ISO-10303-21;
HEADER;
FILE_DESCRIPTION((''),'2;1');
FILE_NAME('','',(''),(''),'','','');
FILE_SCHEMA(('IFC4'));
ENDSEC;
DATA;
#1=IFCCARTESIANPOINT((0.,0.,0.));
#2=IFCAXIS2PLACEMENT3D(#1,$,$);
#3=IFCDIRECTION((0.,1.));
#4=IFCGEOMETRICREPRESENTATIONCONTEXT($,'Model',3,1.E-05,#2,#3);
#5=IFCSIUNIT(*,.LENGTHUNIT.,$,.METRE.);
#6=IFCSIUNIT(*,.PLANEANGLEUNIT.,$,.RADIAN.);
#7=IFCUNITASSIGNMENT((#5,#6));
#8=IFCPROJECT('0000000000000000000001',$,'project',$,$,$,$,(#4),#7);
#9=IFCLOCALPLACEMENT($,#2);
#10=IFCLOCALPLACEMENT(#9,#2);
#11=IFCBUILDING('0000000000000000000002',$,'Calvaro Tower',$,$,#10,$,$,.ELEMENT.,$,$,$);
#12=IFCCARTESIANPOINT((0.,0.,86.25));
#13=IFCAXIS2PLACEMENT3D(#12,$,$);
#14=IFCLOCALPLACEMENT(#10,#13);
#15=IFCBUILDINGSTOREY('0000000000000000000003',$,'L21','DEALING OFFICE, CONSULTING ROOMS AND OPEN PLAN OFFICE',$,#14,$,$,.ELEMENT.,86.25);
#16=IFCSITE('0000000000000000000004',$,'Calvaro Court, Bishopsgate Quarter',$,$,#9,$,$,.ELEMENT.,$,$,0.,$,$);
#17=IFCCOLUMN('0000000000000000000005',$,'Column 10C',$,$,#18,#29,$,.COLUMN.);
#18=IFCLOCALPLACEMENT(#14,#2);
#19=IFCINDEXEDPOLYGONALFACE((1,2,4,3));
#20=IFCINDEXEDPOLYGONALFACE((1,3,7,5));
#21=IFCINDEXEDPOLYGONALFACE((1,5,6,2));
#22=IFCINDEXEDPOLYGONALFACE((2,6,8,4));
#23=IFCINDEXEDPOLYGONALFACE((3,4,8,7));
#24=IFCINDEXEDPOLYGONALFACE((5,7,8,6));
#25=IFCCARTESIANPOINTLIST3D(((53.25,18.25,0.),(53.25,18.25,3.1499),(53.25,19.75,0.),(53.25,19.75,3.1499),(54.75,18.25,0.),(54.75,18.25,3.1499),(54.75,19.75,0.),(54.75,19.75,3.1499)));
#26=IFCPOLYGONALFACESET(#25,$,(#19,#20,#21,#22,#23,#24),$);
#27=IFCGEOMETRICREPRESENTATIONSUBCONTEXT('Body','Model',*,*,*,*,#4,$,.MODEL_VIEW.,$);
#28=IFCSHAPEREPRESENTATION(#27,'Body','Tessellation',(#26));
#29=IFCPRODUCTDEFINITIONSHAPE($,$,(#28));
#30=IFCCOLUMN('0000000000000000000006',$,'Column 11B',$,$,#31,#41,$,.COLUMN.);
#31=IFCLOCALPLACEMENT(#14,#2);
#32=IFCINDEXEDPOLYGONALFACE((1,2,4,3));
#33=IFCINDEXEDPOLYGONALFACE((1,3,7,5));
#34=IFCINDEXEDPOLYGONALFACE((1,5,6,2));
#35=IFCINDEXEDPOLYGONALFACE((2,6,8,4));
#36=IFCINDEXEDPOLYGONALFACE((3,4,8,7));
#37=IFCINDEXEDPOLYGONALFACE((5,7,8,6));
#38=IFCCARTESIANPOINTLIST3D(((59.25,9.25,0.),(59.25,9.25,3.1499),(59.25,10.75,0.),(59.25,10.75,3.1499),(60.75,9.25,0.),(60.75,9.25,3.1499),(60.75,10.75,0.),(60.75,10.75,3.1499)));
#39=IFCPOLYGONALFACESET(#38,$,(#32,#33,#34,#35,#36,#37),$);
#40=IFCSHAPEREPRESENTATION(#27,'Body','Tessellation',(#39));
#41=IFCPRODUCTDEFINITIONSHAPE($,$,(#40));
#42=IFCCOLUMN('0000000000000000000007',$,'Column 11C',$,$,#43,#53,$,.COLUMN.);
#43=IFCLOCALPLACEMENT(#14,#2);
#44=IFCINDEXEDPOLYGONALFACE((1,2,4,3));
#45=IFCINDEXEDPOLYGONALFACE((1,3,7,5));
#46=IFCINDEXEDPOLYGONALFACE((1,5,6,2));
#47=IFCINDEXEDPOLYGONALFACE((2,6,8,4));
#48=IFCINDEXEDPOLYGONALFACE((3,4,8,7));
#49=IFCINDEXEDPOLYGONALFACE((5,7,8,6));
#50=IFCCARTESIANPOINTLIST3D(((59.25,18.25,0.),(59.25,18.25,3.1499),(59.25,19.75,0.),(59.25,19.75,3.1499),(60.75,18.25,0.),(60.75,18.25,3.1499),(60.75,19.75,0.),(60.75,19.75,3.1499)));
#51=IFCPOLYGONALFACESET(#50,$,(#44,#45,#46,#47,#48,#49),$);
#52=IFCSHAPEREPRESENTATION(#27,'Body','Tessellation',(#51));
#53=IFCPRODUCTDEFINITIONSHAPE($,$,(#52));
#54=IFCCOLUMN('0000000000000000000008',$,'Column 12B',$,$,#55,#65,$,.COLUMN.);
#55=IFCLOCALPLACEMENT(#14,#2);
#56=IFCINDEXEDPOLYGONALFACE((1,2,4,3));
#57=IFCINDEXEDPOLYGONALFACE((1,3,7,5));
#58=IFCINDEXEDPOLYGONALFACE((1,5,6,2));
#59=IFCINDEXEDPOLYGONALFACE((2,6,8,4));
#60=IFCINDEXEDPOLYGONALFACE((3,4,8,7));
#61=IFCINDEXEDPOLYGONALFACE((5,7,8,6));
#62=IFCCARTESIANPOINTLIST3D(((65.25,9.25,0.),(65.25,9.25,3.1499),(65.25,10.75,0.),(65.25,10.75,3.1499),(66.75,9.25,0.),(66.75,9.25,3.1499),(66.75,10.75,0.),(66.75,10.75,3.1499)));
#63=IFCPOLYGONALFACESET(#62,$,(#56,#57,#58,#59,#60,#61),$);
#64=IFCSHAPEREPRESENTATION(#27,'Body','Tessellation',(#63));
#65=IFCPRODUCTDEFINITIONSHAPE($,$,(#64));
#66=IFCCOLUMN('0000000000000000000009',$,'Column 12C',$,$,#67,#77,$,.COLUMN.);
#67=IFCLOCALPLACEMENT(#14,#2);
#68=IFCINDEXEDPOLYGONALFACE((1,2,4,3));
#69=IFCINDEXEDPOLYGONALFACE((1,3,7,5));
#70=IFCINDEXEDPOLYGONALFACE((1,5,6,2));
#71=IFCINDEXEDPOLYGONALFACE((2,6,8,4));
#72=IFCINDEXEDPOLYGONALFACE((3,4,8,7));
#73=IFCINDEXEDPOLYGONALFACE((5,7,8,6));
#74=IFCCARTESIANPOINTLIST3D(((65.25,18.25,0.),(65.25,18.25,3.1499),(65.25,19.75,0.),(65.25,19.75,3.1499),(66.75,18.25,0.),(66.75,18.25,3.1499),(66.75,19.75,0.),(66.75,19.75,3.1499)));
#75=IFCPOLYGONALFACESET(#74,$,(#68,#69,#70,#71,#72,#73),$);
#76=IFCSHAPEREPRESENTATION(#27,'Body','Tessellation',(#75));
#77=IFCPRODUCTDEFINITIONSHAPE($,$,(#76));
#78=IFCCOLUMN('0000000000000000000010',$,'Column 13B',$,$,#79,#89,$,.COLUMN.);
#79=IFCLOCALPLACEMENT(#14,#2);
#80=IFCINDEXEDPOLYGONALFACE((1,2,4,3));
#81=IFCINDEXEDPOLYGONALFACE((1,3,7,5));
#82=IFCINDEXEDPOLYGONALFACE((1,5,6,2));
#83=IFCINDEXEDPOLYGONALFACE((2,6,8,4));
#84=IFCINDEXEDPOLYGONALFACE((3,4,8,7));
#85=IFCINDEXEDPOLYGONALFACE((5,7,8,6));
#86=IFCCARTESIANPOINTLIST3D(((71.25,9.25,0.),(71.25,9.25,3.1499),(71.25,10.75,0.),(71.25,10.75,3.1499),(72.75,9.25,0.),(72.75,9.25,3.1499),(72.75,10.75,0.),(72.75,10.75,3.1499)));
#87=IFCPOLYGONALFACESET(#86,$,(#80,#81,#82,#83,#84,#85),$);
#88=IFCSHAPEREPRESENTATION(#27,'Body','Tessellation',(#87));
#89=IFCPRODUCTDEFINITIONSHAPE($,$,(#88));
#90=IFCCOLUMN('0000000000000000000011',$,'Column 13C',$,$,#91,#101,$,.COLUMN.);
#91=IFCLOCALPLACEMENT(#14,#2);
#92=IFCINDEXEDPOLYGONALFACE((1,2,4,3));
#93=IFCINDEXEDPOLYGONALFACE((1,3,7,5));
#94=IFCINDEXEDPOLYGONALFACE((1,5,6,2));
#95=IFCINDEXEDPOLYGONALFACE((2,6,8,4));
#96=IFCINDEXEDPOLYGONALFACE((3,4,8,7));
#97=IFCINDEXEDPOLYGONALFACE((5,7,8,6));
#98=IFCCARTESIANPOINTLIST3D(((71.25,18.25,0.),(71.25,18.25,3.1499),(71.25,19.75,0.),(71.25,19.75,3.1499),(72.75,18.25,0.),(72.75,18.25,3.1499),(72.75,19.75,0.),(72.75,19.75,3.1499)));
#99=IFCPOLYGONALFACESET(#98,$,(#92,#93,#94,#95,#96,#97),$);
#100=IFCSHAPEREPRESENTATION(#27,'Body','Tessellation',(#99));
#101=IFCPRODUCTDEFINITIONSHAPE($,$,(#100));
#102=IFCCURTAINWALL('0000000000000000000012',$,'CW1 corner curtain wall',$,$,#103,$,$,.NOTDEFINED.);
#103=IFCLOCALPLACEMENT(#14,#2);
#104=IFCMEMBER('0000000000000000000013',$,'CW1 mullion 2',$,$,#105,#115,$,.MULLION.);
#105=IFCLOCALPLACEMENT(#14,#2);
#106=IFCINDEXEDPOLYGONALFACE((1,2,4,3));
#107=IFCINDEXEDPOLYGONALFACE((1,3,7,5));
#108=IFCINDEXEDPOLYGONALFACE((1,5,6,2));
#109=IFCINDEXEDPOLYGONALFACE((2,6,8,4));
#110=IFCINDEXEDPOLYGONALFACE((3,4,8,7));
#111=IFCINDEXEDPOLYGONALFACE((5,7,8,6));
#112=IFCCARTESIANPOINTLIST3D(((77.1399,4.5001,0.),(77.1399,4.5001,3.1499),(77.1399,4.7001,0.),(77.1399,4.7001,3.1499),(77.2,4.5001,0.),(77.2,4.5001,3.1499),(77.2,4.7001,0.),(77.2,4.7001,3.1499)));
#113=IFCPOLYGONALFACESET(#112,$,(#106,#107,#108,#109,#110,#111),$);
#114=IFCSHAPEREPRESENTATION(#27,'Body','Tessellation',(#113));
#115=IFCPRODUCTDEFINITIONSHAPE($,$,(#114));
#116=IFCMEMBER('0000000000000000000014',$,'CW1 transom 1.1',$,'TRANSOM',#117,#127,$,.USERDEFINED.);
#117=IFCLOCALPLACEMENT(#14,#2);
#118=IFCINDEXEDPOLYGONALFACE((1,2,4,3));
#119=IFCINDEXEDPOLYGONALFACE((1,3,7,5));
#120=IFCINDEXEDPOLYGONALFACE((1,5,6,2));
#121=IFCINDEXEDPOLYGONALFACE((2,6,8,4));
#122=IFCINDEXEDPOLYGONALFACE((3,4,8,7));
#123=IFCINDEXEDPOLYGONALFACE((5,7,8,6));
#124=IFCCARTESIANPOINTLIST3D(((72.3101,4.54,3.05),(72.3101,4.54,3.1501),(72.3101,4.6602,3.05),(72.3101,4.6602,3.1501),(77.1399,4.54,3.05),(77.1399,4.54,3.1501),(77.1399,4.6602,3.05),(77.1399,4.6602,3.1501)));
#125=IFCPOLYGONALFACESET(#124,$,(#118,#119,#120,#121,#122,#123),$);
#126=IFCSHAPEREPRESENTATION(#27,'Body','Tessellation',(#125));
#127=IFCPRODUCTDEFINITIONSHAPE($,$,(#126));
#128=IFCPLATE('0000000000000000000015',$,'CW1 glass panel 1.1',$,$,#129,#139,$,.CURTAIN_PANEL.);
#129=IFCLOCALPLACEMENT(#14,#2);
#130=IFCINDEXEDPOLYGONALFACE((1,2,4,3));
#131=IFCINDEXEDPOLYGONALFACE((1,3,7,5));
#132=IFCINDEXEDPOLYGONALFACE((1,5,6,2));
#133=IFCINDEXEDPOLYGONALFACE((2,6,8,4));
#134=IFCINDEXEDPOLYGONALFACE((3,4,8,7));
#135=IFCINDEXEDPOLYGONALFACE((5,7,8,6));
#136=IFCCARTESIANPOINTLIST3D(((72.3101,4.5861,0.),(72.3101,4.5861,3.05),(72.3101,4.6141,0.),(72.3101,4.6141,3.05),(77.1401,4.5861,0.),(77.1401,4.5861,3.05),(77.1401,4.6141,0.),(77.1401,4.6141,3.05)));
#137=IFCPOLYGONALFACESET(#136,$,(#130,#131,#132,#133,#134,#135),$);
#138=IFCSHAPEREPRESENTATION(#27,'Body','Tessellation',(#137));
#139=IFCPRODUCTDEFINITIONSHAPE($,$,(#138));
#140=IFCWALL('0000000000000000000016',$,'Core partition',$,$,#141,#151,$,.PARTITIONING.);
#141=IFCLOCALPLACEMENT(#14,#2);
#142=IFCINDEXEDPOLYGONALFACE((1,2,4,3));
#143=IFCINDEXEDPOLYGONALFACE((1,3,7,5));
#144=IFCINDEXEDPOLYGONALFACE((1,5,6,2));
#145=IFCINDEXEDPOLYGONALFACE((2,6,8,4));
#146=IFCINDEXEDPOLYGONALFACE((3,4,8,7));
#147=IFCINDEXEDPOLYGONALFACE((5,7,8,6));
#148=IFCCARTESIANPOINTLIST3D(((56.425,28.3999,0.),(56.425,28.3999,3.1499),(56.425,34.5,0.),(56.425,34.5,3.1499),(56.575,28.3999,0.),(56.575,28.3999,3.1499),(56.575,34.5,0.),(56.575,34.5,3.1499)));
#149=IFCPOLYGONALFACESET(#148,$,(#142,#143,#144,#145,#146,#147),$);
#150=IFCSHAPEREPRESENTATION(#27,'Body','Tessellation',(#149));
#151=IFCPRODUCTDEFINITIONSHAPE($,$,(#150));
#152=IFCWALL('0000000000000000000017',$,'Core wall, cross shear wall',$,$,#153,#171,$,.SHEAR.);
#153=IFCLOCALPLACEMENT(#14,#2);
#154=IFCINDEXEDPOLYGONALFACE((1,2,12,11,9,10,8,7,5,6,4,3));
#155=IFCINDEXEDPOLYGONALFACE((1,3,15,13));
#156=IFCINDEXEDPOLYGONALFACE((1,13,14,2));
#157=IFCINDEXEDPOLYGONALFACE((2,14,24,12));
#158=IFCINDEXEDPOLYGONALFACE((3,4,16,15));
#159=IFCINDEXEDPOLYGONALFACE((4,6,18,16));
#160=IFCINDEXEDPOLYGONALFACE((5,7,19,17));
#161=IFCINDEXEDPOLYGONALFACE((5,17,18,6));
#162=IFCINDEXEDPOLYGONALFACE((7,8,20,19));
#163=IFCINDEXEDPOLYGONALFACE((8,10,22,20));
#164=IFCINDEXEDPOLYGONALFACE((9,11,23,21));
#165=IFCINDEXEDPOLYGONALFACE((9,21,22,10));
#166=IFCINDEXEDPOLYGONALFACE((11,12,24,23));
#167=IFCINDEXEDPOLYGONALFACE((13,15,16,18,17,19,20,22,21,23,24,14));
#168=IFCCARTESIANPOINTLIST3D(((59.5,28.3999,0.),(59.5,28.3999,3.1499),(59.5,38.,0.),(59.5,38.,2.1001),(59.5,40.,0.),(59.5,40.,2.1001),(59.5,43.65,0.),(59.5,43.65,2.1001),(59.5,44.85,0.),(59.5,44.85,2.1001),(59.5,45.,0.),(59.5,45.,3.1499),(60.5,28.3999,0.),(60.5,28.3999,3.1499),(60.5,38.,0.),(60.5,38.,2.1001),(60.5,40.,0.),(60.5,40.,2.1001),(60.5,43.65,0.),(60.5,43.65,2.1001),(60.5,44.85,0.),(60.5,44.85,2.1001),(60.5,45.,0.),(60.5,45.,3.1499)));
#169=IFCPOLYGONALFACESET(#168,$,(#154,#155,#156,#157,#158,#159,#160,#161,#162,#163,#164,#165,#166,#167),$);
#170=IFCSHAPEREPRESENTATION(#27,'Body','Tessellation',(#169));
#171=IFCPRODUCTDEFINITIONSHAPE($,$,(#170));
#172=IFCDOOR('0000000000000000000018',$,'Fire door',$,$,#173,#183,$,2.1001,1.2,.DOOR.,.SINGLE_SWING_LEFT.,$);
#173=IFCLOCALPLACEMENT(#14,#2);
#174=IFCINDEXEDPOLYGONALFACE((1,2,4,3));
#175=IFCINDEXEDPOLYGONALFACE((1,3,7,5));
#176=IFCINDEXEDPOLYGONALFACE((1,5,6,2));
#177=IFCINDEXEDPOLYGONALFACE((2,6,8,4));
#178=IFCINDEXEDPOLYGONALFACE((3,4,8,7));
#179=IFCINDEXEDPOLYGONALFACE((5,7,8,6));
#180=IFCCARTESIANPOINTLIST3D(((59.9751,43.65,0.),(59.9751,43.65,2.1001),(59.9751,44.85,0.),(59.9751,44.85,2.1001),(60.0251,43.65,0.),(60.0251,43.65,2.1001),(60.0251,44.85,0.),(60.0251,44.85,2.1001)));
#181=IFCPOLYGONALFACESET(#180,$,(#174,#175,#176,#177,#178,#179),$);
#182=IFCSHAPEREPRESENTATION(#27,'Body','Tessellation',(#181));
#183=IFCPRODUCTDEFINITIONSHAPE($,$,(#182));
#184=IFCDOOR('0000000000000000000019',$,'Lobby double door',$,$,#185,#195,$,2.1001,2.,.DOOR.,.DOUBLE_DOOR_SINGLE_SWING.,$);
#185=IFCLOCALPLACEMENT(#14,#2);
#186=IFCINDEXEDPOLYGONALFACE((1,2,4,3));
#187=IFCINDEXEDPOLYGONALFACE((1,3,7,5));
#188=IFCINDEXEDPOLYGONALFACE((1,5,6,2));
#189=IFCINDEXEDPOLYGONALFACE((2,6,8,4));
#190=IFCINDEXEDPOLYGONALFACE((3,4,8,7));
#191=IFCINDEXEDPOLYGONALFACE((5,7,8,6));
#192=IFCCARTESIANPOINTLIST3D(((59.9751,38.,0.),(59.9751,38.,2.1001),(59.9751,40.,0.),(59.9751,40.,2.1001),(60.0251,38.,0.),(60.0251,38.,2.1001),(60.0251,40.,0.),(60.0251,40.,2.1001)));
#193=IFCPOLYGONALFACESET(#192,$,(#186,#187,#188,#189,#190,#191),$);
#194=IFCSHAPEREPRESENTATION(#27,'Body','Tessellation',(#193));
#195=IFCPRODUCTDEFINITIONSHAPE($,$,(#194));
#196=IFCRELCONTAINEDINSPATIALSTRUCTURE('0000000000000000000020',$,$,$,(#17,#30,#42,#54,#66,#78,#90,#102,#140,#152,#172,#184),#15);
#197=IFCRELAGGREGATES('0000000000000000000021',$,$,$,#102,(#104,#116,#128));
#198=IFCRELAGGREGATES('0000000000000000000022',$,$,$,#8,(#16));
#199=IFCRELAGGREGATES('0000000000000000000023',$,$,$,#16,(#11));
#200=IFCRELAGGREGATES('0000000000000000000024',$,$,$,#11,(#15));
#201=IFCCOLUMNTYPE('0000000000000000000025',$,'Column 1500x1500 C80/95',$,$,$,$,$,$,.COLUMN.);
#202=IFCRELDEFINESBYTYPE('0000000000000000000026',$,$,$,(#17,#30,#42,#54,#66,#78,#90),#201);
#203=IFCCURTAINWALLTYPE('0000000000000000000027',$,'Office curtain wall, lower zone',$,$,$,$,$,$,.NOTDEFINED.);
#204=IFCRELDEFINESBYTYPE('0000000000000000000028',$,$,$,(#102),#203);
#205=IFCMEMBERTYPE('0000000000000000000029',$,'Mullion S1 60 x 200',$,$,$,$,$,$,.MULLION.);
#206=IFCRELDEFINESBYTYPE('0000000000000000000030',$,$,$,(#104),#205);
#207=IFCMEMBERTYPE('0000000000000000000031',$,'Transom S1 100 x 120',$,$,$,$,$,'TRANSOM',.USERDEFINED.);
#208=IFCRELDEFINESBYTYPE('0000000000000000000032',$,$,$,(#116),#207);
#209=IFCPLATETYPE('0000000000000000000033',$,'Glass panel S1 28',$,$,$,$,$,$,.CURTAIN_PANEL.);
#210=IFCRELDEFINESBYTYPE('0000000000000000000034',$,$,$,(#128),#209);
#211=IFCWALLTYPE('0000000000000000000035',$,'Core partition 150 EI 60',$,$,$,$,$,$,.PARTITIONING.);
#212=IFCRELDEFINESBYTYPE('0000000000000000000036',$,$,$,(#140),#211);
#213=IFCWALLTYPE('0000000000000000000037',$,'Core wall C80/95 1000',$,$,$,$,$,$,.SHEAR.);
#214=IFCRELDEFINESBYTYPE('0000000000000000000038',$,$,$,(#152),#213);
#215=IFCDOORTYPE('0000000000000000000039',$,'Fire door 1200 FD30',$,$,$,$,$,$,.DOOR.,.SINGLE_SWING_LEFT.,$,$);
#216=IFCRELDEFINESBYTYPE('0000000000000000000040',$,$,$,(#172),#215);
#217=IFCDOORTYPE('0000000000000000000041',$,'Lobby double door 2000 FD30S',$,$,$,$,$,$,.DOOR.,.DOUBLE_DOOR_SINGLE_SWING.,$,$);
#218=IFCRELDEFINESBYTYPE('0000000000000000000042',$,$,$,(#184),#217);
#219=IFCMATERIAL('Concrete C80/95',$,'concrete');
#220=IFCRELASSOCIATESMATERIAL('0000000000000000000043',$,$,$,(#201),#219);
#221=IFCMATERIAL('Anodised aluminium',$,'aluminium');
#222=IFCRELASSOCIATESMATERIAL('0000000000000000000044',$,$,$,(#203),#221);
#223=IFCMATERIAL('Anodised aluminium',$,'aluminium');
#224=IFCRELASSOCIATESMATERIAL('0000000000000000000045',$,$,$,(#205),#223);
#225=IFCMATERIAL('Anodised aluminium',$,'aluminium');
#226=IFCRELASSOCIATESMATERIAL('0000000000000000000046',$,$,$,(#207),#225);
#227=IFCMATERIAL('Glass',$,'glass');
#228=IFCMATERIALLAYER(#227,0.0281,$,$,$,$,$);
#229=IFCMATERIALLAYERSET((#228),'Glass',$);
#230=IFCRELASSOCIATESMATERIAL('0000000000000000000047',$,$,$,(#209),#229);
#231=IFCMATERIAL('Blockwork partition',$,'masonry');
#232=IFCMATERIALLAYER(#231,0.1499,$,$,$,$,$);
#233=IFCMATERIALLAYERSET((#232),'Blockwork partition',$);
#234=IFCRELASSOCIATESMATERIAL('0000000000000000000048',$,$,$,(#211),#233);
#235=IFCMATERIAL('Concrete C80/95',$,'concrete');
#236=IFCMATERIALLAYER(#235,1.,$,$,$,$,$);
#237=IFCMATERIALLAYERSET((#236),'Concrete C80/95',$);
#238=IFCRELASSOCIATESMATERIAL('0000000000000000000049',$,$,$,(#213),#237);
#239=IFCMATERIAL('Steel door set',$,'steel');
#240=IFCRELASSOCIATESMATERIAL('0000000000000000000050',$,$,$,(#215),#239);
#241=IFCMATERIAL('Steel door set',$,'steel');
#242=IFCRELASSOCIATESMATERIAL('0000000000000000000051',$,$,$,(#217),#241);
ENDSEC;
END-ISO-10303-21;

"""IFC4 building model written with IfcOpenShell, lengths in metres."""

from ifc_helpers import new_model, si_unit, direction, frame, frame_2d, origin, origin_2d, place, context, subcontext, project, spatial, rectangle, extrude, material, layer, layer_set, material_profile, profile_set, type_object, element, fill, aggregate, save


model = new_model("IFC4")

# Units and contexts
model_context = context("Model", 3, precision=1e-05, world=origin(), true_north=direction((0.0, 1.0)))
body_context = subcontext(model_context, "Body", "Model", "MODEL_VIEW")
ifc_project = project(units=[si_unit("LENGTHUNIT", "METRE"), si_unit("PLANEANGLEUNIT", "RADIAN")], contexts=[model_context])

# Site, building, storey
site_placement = place(None, origin())
site = spatial("IfcSite", under=ifc_project, at=site_placement, Name="Calvaro Court, Bishopsgate Quarter", CompositionType="ELEMENT", RefElevation=0.0)
building_placement = place(site_placement, origin())
building = spatial("IfcBuilding", under=site, at=building_placement, Name="Calvaro Tower", CompositionType="ELEMENT")
storey_placement = place(building_placement, frame((0.0, 0.0, 86.25)))
storey = spatial("IfcBuildingStorey", under=building, at=storey_placement, Name="L21", Description="DEALING OFFICE, CONSULTING ROOMS AND OPEN PLAN OFFICE", CompositionType="ELEMENT", Elevation=86.25)

# Columns
ifc_material_1 = material(Name="Concrete C80/95", Category="concrete")
ifc_material_profile_1 = material_profile(ifc_material_1, rectangle(XDim=1.5, YDim=1.5, at=origin_2d()), Name="RC 1500x1500")
ifc_profile_set_1 = profile_set([ifc_material_profile_1], Name="Concrete C80/95")
column_type = type_object("IfcColumnType", Name="Column 1500x1500 C80/95", PredefinedType="COLUMN", material=ifc_profile_set_1)
for number, where, z_axis, x_axis, name in (
    (1, (54.0, 19.0, 0.0), (0.0, 0.0, 1.0), (1.0, 0.0, 0.0), "Column 10C"),
    (2, (60.0, 10.0, 0.0), (0.0, 0.0, 1.0), (1.0, 0.0, 0.0), "Column 11B"),
    (3, (60.0, 19.0, 0.0), (0.0, 0.0, 1.0), (1.0, 0.0, 0.0), "Column 11C"),
    (4, (66.0, 10.0, 0.0), (0.0, 0.0, 1.0), (1.0, 0.0, 0.0), "Column 12B"),
    (5, (66.0, 19.0, 0.0), (0.0, 0.0, 1.0), (1.0, 0.0, 0.0), "Column 12C"),
    (6, (72.0, 10.0, 0.0), (0.0, 0.0, 1.0), (1.0, 0.0, 0.0), "Column 13B"),
    (7, (72.0, 19.0, 0.0), (0.0, 0.0, 1.0), (1.0, 0.0, 0.0), "Column 13C"),
):
    element("IfcColumn", number, at=place(storey_placement, frame(where, z_axis=z_axis, x_axis=x_axis)), inside=storey, type_object=column_type, Name=name, PredefinedType="COLUMN", context=body_context, shape_type="SweptSolid", body=[
        extrude(rectangle(XDim=1.5, YDim=1.5, at=origin_2d()), origin(), (0.0, 0.0, 1.0), 3.1499),
    ])

# Curtain wall, members, plate
ifc_material_2 = material(Name="Anodised aluminium", Category="aluminium")
curtain_wall_type = type_object("IfcCurtainWallType", Name="Office curtain wall, lower zone", PredefinedType="NOTDEFINED", material=ifc_material_2)
curtain_wall_placement = place(storey_placement, origin())
curtain_wall = element("IfcCurtainWall", 8, at=curtain_wall_placement, inside=storey, type_object=curtain_wall_type, Name="CW1 corner curtain wall", PredefinedType="NOTDEFINED")
ifc_material_3 = material(Name="Anodised aluminium", Category="aluminium")
ifc_material_profile_2 = material_profile(ifc_material_3, rectangle(XDim=0.2, YDim=0.0601, at=origin_2d()), Name="Mullion S1 60 x 200")
ifc_profile_set_2 = profile_set([ifc_material_profile_2], Name="Anodised aluminium")
member_type_1 = type_object("IfcMemberType", Name="Mullion S1 60 x 200", PredefinedType="MULLION", material=ifc_profile_set_2)
member_1_placement = place(storey_placement, frame((77.1699, 4.6001, 0.0), z_axis=(0.0, 0.0, 1.0), x_axis=(0.0, 1.0, 0.0)))
member_1 = element("IfcMember", 9, at=member_1_placement, type_object=member_type_1, Name="CW1 mullion 2", PredefinedType="MULLION", context=body_context, shape_type="SweptSolid", body=[
    extrude(rectangle(XDim=0.2, YDim=0.0601, at=origin_2d()), origin(), (0.0, 0.0, 1.0), 3.1499),
])
ifc_material_4 = material(Name="Anodised aluminium", Category="aluminium")
ifc_material_profile_3 = material_profile(ifc_material_4, rectangle(XDim=0.1201, YDim=0.1001, at=origin_2d()), Name="Transom S1 100 x 120")
ifc_profile_set_3 = profile_set([ifc_material_profile_3], Name="Anodised aluminium")
member_type_2 = type_object("IfcMemberType", Name="Transom S1 100 x 120", ElementType="TRANSOM", PredefinedType="USERDEFINED", material=ifc_profile_set_3)
member_2_placement = place(storey_placement, frame((72.3101, 4.6001, 3.1001), z_axis=(1.0, 0.0, 0.0), x_axis=(0.0, 1.0, 0.0)))
member_2 = element("IfcMember", 10, at=member_2_placement, type_object=member_type_2, Name="CW1 transom 1.1", ObjectType="TRANSOM", PredefinedType="USERDEFINED", context=body_context, shape_type="SweptSolid", body=[
    extrude(rectangle(XDim=0.1201, YDim=0.1001, at=origin_2d()), origin(), (0.0, 0.0, 1.0), 4.8298),
])
ifc_material_5 = material(Name="Glass", Category="glass")
ifc_layer_1 = layer(ifc_material_5, 0.0281)
ifc_layer_set_1 = layer_set([ifc_layer_1], Name="Glass")
plate_type = type_object("IfcPlateType", Name="Glass panel S1 28", PredefinedType="CURTAIN_PANEL", material=ifc_layer_set_1)
plate_placement = place(storey_placement, frame((74.7251, 4.6001, 0.0), z_axis=(0.0, 0.0, 1.0), x_axis=(1.0, 0.0, 0.0)))
plate = element("IfcPlate", 11, at=plate_placement, type_object=plate_type, Name="CW1 glass panel 1.1", PredefinedType="CURTAIN_PANEL", context=body_context, shape_type="SweptSolid", body=[
    extrude(rectangle(XDim=4.8301, YDim=0.0281, at=origin_2d()), origin(), (0.0, 0.0, 1.0), 3.05),
])
aggregate(curtain_wall, [member_1, member_2, plate])

# Wall
ifc_material_6 = material(Name="Blockwork partition", Category="masonry")
ifc_layer_2 = layer(ifc_material_6, 0.1499)
ifc_layer_set_2 = layer_set([ifc_layer_2], Name="Blockwork partition")
wall_type_1 = type_object("IfcWallType", Name="Core partition 150 EI 60", PredefinedType="PARTITIONING", material=ifc_layer_set_2)
wall_1_placement = place(storey_placement, frame((56.5, 28.3999, 0.0), z_axis=(0.0, 0.0, 1.0), x_axis=(0.0, 1.0, 0.0)))
element("IfcWall", 12, at=wall_1_placement, inside=storey, type_object=wall_type_1, Name="Core partition", PredefinedType="PARTITIONING", context=body_context, shape_type="SweptSolid", body=[
    extrude(rectangle(XDim=6.1001, YDim=0.1499, at=frame_2d((3.05, 0.0))), origin(), (0.0, 0.0, 1.0), 3.1499),
])

# Wall, openings, doors
ifc_material_7 = material(Name="Concrete C80/95", Category="concrete")
ifc_layer_3 = layer(ifc_material_7, 1.0)
ifc_layer_set_3 = layer_set([ifc_layer_3], Name="Concrete C80/95")
wall_type_2 = type_object("IfcWallType", Name="Core wall C80/95 1000", PredefinedType="SHEAR", material=ifc_layer_set_3)
wall_2_placement = place(storey_placement, frame((60.0, 28.3999, 0.0), z_axis=(0.0, 0.0, 1.0), x_axis=(0.0, 1.0, 0.0)))
wall_2 = element("IfcWall", 13, at=wall_2_placement, inside=storey, type_object=wall_type_2, Name="Core wall, cross shear wall", PredefinedType="SHEAR", context=body_context, shape_type="SweptSolid", body=[
    extrude(rectangle(XDim=16.6001, YDim=1.0, at=frame_2d((8.3, 0.0))), origin(), (0.0, 0.0, 1.0), 3.1499),
])
opening_1_placement = place(wall_2_placement, frame((9.6001, 0.0, 0.0)))
opening_1 = element("IfcOpeningElement", 14, at=opening_1_placement, cuts=wall_2, PredefinedType="OPENING", context=body_context, shape_type="SweptSolid", body=[
    extrude(rectangle(XDim=2.0, YDim=2.1001, at=frame_2d((1.0, 1.05))), frame((0.0, 0.51, 0.0), z_axis=(0.0, -1.0, 0.0), x_axis=(1.0, 0.0, 0.0)), (0.0, 0.0, 1.0), 1.02),
])
opening_2_placement = place(wall_2_placement, frame((15.25, 0.0, 0.0)))
opening_2 = element("IfcOpeningElement", 15, at=opening_2_placement, cuts=wall_2, PredefinedType="OPENING", context=body_context, shape_type="SweptSolid", body=[
    extrude(rectangle(XDim=1.2, YDim=2.1001, at=frame_2d((0.6001, 1.05))), frame((0.0, 0.51, 0.0), z_axis=(0.0, -1.0, 0.0), x_axis=(1.0, 0.0, 0.0)), (0.0, 0.0, 1.0), 1.02),
])
ifc_material_8 = material(Name="Steel door set", Category="steel")
door_type_1 = type_object("IfcDoorType", Name="Fire door 1200 FD30", OperationType="SINGLE_SWING_LEFT", PredefinedType="DOOR", material=ifc_material_8)
door_1_placement = place(opening_2_placement, origin())
door_1 = element("IfcDoor", 16, at=door_1_placement, inside=storey, type_object=door_type_1, Name="Fire door", OperationType="SINGLE_SWING_LEFT", OverallHeight=2.1001, OverallWidth=1.2, PredefinedType="DOOR", context=body_context, shape_type="SweptSolid", body=[
    extrude(rectangle(XDim=1.2, YDim=2.1001, at=frame_2d((0.6001, 1.05))), frame((0.0, 0.0249, 0.0), z_axis=(0.0, -1.0, 0.0), x_axis=(1.0, 0.0, 0.0)), (0.0, 0.0, 1.0), 0.05),
])
fill(opening_2, door_1)
ifc_material_9 = material(Name="Steel door set", Category="steel")
door_type_2 = type_object("IfcDoorType", Name="Lobby double door 2000 FD30S", OperationType="DOUBLE_DOOR_SINGLE_SWING", PredefinedType="DOOR", material=ifc_material_9)
door_2_placement = place(opening_1_placement, origin())
door_2 = element("IfcDoor", 17, at=door_2_placement, inside=storey, type_object=door_type_2, Name="Lobby double door", OperationType="DOUBLE_DOOR_SINGLE_SWING", OverallHeight=2.1001, OverallWidth=2.0, PredefinedType="DOOR", context=body_context, shape_type="SweptSolid", body=[
    extrude(rectangle(XDim=2.0, YDim=2.1001, at=frame_2d((1.0, 1.05))), frame((0.0, 0.0249, 0.0), z_axis=(0.0, -1.0, 0.0), x_axis=(1.0, 0.0, 0.0)), (0.0, 0.0, 1.0), 0.05),
])
fill(opening_1, door_2)

save(model, "model.ifc")
